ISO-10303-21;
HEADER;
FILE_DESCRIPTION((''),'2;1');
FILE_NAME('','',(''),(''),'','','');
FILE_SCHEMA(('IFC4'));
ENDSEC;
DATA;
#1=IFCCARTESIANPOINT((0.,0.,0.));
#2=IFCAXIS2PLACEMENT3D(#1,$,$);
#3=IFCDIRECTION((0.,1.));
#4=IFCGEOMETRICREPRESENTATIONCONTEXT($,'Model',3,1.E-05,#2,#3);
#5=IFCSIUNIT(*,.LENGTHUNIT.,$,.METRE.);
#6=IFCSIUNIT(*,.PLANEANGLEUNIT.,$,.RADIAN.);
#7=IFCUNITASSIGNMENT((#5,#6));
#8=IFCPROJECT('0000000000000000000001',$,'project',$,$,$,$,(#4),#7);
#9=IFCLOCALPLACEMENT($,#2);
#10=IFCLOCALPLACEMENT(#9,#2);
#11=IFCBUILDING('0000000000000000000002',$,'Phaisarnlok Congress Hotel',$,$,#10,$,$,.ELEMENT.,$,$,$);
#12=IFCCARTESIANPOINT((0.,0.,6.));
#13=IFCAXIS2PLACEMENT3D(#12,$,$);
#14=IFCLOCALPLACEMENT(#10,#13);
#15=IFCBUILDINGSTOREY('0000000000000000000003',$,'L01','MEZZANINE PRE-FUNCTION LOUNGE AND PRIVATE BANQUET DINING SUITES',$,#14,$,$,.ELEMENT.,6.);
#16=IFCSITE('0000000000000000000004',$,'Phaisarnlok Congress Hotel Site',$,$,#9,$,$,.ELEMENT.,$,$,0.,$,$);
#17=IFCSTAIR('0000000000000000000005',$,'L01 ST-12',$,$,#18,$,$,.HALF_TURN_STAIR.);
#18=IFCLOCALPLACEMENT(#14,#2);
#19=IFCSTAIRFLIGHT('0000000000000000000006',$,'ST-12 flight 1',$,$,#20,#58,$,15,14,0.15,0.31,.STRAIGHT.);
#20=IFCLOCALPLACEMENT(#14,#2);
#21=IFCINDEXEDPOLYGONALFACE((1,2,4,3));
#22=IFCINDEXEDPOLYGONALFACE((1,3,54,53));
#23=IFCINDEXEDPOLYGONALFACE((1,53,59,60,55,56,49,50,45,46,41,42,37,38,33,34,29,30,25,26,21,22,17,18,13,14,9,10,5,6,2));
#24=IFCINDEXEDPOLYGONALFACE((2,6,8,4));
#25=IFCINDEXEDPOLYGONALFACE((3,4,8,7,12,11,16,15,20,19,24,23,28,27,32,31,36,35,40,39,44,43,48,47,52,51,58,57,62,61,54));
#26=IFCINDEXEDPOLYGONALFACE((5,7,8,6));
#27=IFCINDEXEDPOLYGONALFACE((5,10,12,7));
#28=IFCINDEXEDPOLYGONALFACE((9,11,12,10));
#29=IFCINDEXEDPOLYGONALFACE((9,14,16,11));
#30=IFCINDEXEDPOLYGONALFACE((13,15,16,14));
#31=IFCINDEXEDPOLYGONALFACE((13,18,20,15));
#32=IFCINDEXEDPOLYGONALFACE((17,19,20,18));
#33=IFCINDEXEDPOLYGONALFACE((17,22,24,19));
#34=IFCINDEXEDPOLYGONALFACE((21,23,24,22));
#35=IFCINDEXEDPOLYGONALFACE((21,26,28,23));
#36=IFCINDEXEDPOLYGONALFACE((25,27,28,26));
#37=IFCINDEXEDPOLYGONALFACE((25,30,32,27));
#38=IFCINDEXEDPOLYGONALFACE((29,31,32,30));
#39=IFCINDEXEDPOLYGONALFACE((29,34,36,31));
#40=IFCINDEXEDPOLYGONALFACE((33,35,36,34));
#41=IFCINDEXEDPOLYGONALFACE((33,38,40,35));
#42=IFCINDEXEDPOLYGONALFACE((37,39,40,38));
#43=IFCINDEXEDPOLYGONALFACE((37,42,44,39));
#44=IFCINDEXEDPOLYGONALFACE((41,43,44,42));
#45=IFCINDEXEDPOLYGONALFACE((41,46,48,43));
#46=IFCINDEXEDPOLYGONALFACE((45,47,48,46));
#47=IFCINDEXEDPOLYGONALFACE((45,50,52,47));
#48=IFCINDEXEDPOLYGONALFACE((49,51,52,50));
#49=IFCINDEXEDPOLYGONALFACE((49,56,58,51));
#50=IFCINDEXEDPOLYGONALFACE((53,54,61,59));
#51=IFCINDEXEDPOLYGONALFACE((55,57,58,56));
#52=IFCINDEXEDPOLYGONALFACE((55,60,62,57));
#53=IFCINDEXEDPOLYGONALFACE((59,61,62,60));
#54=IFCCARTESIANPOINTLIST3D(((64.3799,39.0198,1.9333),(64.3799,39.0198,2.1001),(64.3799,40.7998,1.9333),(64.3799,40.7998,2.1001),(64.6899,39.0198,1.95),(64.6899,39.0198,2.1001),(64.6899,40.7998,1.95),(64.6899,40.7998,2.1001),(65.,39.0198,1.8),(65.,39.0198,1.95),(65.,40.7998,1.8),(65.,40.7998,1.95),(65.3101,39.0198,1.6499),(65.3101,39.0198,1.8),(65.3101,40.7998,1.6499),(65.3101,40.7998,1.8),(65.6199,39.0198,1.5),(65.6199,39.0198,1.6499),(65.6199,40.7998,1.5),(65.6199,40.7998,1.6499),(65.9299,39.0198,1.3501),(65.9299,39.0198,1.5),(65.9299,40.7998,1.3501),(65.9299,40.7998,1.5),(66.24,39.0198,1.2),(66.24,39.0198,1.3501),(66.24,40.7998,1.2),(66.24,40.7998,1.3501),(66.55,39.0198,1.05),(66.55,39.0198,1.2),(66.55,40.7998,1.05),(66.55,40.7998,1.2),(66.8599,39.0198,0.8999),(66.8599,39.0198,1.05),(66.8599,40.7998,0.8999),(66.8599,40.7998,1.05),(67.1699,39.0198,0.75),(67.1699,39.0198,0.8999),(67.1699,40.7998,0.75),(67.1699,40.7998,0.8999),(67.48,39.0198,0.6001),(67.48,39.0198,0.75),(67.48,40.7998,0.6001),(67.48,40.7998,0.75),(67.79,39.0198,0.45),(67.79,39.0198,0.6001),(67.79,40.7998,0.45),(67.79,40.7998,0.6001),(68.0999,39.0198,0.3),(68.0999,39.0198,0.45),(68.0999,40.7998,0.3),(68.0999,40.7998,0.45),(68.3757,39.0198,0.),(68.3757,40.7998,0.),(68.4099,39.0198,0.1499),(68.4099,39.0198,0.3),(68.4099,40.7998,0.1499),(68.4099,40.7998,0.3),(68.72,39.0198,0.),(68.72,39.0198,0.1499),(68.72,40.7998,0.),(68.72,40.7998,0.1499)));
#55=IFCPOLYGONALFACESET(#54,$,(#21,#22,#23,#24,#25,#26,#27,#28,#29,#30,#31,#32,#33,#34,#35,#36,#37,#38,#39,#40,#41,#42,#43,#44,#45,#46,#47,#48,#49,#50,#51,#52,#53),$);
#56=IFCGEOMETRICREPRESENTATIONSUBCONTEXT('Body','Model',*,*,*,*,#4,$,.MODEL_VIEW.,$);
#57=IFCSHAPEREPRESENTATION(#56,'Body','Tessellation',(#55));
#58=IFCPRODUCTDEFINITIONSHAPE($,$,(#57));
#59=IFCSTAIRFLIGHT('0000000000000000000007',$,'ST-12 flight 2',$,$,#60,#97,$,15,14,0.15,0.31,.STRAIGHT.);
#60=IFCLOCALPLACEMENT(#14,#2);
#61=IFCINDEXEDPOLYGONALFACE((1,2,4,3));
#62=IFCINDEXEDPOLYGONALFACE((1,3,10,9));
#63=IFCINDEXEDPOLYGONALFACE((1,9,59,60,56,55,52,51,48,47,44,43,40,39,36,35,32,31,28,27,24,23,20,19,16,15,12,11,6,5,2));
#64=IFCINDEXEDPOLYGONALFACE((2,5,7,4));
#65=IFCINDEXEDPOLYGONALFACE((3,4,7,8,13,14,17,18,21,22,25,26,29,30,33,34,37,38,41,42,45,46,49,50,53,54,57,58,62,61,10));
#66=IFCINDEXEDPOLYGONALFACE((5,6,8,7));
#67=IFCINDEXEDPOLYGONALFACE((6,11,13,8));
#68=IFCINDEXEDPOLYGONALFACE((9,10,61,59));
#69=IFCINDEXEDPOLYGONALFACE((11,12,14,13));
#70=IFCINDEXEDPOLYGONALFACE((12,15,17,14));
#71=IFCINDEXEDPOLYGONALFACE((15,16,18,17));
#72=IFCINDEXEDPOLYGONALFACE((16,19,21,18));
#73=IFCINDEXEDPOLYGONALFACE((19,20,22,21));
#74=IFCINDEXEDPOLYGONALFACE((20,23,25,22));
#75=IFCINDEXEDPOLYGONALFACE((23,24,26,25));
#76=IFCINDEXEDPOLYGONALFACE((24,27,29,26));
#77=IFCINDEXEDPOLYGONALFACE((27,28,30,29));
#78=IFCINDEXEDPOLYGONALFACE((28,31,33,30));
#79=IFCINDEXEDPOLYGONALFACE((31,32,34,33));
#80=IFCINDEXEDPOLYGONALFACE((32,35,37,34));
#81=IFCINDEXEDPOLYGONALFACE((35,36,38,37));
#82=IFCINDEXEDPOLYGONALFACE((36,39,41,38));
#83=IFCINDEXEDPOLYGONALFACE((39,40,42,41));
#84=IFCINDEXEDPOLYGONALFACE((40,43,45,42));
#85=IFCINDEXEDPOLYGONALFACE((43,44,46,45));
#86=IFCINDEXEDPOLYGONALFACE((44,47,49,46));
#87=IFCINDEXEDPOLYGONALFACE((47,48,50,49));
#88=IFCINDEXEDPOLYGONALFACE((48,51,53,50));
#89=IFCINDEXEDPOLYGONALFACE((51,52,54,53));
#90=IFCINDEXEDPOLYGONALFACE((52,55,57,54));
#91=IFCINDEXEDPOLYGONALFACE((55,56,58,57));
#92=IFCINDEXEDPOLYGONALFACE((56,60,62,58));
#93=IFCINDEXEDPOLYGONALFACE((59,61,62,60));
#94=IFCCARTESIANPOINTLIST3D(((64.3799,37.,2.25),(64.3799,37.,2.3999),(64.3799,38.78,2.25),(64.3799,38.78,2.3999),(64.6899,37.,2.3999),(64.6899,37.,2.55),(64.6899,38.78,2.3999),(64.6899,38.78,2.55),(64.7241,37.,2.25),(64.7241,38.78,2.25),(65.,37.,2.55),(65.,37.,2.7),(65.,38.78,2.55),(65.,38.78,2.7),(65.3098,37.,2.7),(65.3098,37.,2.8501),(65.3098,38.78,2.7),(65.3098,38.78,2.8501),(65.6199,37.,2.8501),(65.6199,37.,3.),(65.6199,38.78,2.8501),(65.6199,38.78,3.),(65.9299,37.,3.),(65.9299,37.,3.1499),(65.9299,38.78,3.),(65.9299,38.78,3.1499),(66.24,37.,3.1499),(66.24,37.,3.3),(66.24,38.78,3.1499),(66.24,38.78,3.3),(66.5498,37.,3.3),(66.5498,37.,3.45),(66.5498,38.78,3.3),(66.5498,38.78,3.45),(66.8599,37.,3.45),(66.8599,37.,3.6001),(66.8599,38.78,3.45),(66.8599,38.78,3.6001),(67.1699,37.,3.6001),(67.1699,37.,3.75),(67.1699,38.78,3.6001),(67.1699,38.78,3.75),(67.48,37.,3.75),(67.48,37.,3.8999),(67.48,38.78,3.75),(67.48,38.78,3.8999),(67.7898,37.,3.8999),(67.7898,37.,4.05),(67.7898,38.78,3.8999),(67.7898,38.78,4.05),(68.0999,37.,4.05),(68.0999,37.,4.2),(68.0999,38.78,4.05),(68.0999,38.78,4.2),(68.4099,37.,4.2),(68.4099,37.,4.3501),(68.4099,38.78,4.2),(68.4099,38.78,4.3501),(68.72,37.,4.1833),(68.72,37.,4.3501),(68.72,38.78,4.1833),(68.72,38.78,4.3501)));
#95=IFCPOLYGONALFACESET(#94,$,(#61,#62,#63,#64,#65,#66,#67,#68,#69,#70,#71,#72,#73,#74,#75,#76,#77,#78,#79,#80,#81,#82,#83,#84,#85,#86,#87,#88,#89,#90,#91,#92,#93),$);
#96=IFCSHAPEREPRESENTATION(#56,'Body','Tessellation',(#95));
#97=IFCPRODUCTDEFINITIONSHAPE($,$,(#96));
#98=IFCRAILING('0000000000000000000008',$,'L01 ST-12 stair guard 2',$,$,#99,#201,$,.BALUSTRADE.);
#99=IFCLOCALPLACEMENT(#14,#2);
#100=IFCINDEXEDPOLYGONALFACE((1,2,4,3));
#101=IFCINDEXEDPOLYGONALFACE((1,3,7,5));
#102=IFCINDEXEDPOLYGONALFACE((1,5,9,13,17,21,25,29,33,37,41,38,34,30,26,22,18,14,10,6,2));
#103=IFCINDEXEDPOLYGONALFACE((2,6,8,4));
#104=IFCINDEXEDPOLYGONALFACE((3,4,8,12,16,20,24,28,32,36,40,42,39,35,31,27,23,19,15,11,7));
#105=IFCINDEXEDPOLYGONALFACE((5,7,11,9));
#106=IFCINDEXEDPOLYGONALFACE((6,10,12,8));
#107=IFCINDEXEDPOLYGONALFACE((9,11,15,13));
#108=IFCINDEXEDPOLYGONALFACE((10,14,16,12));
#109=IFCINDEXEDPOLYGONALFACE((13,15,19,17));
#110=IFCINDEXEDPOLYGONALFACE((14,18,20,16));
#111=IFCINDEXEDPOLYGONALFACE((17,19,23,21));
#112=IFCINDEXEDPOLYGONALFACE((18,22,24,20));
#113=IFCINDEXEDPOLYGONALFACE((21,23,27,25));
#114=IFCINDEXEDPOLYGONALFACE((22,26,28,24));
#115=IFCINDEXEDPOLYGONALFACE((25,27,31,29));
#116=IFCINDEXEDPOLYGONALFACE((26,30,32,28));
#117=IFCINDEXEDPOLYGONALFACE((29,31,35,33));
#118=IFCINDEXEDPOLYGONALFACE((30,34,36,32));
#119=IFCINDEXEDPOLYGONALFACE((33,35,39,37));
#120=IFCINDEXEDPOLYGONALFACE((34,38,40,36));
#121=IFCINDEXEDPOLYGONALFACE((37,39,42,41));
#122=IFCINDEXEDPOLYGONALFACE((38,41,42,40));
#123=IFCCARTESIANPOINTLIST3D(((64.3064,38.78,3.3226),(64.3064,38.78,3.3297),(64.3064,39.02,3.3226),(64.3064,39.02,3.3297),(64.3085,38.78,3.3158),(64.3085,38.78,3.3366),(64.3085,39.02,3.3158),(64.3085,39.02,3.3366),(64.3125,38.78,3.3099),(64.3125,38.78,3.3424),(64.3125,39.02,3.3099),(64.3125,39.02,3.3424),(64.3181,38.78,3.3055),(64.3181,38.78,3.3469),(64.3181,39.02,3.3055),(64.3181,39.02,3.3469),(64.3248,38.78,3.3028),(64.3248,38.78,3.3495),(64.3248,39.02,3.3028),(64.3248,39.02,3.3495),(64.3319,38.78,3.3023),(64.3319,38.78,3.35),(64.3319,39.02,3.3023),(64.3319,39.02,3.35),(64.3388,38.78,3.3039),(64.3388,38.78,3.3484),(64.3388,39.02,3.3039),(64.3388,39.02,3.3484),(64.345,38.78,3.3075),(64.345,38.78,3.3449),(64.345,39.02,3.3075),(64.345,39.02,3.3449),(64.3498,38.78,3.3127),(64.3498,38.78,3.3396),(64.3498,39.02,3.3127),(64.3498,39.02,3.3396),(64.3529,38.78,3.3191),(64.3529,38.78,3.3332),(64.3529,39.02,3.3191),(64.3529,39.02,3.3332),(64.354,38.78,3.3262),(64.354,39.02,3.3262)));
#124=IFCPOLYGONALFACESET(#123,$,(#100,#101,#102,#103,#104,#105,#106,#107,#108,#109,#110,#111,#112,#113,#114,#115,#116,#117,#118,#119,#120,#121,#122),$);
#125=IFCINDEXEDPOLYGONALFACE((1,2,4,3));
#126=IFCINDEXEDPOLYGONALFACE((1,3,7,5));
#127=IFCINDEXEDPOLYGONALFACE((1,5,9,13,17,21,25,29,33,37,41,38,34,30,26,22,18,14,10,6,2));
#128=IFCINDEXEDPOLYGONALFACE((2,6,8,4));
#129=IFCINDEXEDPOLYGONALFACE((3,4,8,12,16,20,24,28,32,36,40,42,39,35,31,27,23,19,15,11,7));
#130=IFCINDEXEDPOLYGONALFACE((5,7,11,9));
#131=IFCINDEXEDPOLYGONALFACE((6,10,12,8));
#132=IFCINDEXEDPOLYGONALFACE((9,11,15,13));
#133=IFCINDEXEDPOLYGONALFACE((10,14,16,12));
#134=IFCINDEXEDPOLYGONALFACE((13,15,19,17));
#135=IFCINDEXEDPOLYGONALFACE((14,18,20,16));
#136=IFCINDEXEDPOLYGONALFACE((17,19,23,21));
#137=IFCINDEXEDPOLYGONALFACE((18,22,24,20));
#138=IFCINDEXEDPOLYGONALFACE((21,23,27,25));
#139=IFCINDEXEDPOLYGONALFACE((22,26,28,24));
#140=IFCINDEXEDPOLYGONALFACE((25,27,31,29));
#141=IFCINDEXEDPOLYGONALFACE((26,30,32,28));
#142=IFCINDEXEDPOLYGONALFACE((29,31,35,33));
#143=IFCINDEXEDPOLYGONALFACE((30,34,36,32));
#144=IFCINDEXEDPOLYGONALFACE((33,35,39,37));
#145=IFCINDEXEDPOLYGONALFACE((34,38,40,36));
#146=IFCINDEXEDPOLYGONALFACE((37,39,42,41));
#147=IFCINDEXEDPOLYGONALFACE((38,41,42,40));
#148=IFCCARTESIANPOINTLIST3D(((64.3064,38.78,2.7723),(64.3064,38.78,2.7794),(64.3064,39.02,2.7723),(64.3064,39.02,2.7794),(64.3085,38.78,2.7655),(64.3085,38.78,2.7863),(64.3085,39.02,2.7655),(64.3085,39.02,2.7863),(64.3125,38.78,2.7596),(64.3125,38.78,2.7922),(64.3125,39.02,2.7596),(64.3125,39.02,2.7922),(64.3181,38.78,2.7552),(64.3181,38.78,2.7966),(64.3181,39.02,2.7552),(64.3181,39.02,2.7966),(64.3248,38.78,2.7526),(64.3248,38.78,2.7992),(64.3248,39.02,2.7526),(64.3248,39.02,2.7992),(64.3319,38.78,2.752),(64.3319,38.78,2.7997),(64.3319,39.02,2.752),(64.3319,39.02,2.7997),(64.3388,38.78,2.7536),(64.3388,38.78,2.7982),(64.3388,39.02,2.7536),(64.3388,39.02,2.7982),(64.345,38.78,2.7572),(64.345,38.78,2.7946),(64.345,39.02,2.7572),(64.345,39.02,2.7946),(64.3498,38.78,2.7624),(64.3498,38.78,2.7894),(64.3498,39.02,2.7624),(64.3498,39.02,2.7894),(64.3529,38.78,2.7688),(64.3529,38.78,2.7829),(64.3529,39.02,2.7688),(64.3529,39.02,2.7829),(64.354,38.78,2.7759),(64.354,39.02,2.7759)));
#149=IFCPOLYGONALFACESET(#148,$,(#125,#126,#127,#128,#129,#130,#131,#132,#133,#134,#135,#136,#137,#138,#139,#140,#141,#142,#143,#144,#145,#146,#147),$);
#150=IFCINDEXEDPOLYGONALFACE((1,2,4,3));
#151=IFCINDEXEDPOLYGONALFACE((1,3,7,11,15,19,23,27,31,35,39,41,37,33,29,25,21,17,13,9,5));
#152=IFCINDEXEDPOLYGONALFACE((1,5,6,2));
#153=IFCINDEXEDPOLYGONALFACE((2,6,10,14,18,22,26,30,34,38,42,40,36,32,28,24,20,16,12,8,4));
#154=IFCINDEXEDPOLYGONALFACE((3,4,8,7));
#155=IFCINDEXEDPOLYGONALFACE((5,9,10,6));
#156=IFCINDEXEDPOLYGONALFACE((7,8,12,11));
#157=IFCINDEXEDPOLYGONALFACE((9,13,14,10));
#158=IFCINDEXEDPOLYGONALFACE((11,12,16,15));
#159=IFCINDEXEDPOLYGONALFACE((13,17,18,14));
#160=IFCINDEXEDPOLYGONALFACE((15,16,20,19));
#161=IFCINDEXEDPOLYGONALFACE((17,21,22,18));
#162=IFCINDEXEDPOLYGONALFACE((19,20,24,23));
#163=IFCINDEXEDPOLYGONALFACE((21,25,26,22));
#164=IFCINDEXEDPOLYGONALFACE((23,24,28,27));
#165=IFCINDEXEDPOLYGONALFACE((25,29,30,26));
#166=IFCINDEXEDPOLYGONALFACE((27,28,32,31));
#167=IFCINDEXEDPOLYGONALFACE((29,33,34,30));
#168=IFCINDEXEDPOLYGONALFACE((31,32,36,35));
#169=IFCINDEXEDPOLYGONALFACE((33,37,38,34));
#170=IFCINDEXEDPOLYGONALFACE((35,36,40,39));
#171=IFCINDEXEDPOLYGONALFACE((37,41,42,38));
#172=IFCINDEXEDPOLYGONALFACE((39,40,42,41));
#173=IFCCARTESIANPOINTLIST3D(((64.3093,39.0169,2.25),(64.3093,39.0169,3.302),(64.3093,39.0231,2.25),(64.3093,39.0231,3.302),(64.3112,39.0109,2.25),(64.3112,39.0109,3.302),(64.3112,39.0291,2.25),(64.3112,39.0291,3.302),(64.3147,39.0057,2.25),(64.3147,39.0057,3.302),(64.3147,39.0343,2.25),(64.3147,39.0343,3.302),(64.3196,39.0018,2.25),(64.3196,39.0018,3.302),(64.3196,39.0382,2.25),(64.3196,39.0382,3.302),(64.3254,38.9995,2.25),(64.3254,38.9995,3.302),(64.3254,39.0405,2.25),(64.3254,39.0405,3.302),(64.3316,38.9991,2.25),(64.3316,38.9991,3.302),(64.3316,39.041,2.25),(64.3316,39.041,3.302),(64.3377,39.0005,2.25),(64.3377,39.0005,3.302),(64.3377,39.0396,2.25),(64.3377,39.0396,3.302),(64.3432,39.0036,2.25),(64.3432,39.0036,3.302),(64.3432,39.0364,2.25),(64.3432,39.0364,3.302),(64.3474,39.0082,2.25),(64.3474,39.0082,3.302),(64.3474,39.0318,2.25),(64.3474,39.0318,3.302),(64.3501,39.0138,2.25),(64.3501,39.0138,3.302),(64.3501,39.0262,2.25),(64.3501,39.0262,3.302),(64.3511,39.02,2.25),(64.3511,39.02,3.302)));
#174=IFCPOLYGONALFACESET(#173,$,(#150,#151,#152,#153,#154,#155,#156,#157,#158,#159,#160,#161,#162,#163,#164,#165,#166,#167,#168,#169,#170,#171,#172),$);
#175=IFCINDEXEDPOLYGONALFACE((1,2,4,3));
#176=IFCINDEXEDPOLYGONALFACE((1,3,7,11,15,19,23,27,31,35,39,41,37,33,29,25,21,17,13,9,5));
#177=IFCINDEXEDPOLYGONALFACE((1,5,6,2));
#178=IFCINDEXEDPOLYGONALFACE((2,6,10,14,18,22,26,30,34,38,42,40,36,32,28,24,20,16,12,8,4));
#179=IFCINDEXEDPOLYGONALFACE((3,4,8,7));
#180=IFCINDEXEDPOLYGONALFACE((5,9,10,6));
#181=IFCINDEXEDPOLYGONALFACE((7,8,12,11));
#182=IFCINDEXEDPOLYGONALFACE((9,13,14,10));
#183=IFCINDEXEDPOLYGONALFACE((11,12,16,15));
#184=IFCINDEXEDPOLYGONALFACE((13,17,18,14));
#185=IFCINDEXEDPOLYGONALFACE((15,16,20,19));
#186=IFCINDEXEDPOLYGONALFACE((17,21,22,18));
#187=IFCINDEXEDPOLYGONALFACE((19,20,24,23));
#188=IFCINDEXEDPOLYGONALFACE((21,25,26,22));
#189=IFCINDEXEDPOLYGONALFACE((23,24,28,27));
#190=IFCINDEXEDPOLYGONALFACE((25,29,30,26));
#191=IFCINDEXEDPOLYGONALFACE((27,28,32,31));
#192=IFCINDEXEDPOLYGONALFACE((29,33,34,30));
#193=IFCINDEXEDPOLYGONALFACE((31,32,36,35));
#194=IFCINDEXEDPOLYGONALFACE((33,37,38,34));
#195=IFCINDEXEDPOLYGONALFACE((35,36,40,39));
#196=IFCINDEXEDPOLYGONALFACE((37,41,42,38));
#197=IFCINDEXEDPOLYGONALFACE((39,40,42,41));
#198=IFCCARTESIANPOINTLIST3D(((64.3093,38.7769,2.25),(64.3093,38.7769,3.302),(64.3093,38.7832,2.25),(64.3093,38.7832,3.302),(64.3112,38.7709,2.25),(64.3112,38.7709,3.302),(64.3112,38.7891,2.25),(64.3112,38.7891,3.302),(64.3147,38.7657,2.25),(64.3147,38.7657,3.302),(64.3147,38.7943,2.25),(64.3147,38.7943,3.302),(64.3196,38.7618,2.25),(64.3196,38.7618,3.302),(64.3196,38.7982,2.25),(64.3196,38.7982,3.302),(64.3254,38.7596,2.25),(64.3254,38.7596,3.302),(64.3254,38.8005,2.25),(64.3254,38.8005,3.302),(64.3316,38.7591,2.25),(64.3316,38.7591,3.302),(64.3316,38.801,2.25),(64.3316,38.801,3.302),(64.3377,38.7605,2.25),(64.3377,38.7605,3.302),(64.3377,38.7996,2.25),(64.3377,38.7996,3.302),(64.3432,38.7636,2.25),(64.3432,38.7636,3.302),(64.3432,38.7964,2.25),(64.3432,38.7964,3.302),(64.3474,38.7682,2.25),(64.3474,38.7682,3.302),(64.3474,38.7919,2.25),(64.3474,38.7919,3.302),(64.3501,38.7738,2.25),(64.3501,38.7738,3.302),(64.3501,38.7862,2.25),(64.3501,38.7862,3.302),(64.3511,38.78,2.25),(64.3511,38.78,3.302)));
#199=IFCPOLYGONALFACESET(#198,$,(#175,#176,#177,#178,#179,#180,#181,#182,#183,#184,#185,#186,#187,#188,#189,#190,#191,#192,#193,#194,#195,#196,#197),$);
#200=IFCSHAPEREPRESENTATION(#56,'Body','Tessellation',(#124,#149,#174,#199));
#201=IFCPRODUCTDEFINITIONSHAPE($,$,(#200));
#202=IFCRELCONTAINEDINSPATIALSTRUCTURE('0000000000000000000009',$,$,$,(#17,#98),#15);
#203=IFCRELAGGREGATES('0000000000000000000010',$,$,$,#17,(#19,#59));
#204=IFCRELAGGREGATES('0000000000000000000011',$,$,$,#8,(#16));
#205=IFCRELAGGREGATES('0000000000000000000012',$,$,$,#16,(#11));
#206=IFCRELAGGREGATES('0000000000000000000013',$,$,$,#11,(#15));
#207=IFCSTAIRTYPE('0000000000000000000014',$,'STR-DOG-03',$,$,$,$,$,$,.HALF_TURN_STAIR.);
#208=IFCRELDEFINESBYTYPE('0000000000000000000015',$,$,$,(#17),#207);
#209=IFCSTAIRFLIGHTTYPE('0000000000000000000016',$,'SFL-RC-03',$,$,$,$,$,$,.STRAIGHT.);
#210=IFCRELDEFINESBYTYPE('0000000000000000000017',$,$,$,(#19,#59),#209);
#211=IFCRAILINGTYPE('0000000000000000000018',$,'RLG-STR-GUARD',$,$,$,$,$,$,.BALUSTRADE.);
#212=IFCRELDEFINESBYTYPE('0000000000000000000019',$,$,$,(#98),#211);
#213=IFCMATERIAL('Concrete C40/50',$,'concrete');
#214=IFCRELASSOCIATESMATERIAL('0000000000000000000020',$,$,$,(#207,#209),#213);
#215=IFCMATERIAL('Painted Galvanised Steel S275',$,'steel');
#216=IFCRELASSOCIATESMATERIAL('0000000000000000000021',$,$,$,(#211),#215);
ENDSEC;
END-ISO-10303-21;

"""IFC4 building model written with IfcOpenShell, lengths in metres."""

from ifc_helpers import new_model, si_unit, direction, frame, origin, origin_2d, place, context, subcontext, project, spatial, polyline, circle, outline, extrude, material, type_object, element, aggregate, save


model = new_model("IFC4")

# Units and contexts
model_context = context("Model", 3, precision=1e-05, world=origin(), true_north=direction((0.0, 1.0)))
body_context = subcontext(model_context, "Body", "Model", "MODEL_VIEW")
ifc_project = project(units=[si_unit("LENGTHUNIT", "METRE"), si_unit("PLANEANGLEUNIT", "RADIAN")], contexts=[model_context])

# Site, building, storey
site_placement = place(None, origin())
site = spatial("IfcSite", under=ifc_project, at=site_placement, Name="Phaisarnlok Congress Hotel Site", CompositionType="ELEMENT", RefElevation=0.0)
building_placement = place(site_placement, origin())
building = spatial("IfcBuilding", under=site, at=building_placement, Name="Phaisarnlok Congress Hotel", CompositionType="ELEMENT")
storey_placement = place(building_placement, frame((0.0, 0.0, 6.0)))
storey = spatial("IfcBuildingStorey", under=building, at=storey_placement, Name="L01", Description="MEZZANINE PRE-FUNCTION LOUNGE AND PRIVATE BANQUET DINING SUITES", CompositionType="ELEMENT", Elevation=6.0)

# Shared definitions
ifc_material_1 = material(Name="Concrete C40/50", Category="concrete")

# Stair, stair flights
stair_type = type_object("IfcStairType", Name="STR-DOG-03", PredefinedType="HALF_TURN_STAIR", material=ifc_material_1)
stair_placement = place(storey_placement, origin())
stair = element("IfcStair", 1, at=stair_placement, inside=storey, type_object=stair_type, Name="L01 ST-12", PredefinedType="HALF_TURN_STAIR")
stair_flight_type = type_object("IfcStairFlightType", Name="SFL-RC-03", PredefinedType="STRAIGHT", material=ifc_material_1)
stair_flight_1_placement = place(storey_placement, frame((68.72, 39.9099, 0.0), z_axis=(0.0, 0.0, 1.0), x_axis=(-1.0, 0.0, 0.0)))
stair_flight_1 = element("IfcStairFlight", 2, at=stair_flight_1_placement, type_object=stair_flight_type, Name="ST-12 flight 1", NumberOfRisers=15, NumberOfTreads=14, PredefinedType="STRAIGHT", RiserHeight=0.15, TreadLength=0.31, context=body_context, shape_type="SweptSolid", body=[
    extrude(outline(polyline([(0.0, 0.0), (0.0, 0.1499), (0.3101, 0.1499), (0.3101, 0.3), (0.6201, 0.3), (0.6201, 0.45), (0.9299, 0.45), (0.9299, 0.6001), (1.24, 0.6001), (1.24, 0.75), (1.55, 0.75), (1.55, 0.8999), (1.8601, 0.8999), (1.8601, 1.05), (2.1699, 1.05), (2.1699, 1.2), (2.48, 1.2), (2.48, 1.3501), (2.79, 1.3501), (2.79, 1.5), (3.1001, 1.5), (3.1001, 1.6499), (3.4099, 1.6499), (3.4099, 1.8), (3.72, 1.8), (3.72, 1.95), (4.03, 1.95), (4.03, 2.1001), (4.3401, 2.1001), (4.3401, 2.25), (4.3401, 1.9333), (0.3442, 0.0), (0.0, 0.0)])), frame((0.0, 0.8901, 0.0), z_axis=(0.0, -1.0, 0.0), x_axis=(1.0, 0.0, 0.0)), (0.0, 0.0, 1.0), 1.78),
])
stair_flight_2_placement = place(storey_placement, frame((64.3799, 37.8899, 2.25), z_axis=(0.0, 0.0, 1.0), x_axis=(1.0, 0.0, 0.0)))
stair_flight_2 = element("IfcStairFlight", 3, at=stair_flight_2_placement, type_object=stair_flight_type, Name="ST-12 flight 2", NumberOfRisers=15, NumberOfTreads=14, PredefinedType="STRAIGHT", RiserHeight=0.15, TreadLength=0.31, context=body_context, shape_type="SweptSolid", body=[
    extrude(outline(polyline([(0.0, 0.0), (0.0, 0.1499), (0.3101, 0.1499), (0.3101, 0.3), (0.6201, 0.3), (0.6201, 0.45), (0.9299, 0.45), (0.9299, 0.6001), (1.24, 0.6001), (1.24, 0.75), (1.55, 0.75), (1.55, 0.8999), (1.8601, 0.8999), (1.8601, 1.05), (2.1699, 1.05), (2.1699, 1.2), (2.48, 1.2), (2.48, 1.3501), (2.79, 1.3501), (2.79, 1.5), (3.1001, 1.5), (3.1001, 1.6499), (3.4099, 1.6499), (3.4099, 1.8), (3.72, 1.8), (3.72, 1.95), (4.03, 1.95), (4.03, 2.1001), (4.3401, 2.1001), (4.3401, 2.25), (4.3401, 1.9333), (0.3442, 0.0), (0.0, 0.0)])), frame((0.0, 0.8901, 0.0), z_axis=(0.0, -1.0, 0.0), x_axis=(1.0, 0.0, 0.0)), (0.0, 0.0, 1.0), 1.78),
])
aggregate(stair, [stair_flight_1, stair_flight_2])

# Railing
ifc_material_2 = material(Name="Painted Galvanised Steel S275", Category="steel")
railing_type_1 = type_object("IfcRailingType", Name="RLG-STR-GUARD", PredefinedType="BALUSTRADE", material=ifc_material_2)
railing_1_placement = place(storey_placement, frame((64.3301, 39.02, 2.25)))
element("IfcRailing", 4, at=railing_1_placement, inside=storey, type_object=railing_type_1, Name="L01 ST-12 stair guard 2", PredefinedType="BALUSTRADE", context=body_context, shape_type="SweptSolid", body=[
    extrude(circle(Radius=0.0239, at=origin_2d()), frame((0.0, 0.0, 1.0762), z_axis=(0.0, -1.0, 0.0), x_axis=(1.0, 0.0, 0.0)), (0.0, 0.0, 1.0), 0.24),
    extrude(circle(Radius=0.0239, at=origin_2d()), frame((0.0, 0.0, 0.5259), z_axis=(0.0, -1.0, 0.0), x_axis=(1.0, 0.0, 0.0)), (0.0, 0.0, 1.0), 0.24),
    extrude(circle(Radius=0.021, at=origin_2d()), origin(), (0.0, 0.0, 1.0), 1.052),
    extrude(circle(Radius=0.021, at=origin_2d()), frame((0.0, -0.24, 0.0)), (0.0, 0.0, 1.0), 1.052),
])

save(model, "model.ifc")
